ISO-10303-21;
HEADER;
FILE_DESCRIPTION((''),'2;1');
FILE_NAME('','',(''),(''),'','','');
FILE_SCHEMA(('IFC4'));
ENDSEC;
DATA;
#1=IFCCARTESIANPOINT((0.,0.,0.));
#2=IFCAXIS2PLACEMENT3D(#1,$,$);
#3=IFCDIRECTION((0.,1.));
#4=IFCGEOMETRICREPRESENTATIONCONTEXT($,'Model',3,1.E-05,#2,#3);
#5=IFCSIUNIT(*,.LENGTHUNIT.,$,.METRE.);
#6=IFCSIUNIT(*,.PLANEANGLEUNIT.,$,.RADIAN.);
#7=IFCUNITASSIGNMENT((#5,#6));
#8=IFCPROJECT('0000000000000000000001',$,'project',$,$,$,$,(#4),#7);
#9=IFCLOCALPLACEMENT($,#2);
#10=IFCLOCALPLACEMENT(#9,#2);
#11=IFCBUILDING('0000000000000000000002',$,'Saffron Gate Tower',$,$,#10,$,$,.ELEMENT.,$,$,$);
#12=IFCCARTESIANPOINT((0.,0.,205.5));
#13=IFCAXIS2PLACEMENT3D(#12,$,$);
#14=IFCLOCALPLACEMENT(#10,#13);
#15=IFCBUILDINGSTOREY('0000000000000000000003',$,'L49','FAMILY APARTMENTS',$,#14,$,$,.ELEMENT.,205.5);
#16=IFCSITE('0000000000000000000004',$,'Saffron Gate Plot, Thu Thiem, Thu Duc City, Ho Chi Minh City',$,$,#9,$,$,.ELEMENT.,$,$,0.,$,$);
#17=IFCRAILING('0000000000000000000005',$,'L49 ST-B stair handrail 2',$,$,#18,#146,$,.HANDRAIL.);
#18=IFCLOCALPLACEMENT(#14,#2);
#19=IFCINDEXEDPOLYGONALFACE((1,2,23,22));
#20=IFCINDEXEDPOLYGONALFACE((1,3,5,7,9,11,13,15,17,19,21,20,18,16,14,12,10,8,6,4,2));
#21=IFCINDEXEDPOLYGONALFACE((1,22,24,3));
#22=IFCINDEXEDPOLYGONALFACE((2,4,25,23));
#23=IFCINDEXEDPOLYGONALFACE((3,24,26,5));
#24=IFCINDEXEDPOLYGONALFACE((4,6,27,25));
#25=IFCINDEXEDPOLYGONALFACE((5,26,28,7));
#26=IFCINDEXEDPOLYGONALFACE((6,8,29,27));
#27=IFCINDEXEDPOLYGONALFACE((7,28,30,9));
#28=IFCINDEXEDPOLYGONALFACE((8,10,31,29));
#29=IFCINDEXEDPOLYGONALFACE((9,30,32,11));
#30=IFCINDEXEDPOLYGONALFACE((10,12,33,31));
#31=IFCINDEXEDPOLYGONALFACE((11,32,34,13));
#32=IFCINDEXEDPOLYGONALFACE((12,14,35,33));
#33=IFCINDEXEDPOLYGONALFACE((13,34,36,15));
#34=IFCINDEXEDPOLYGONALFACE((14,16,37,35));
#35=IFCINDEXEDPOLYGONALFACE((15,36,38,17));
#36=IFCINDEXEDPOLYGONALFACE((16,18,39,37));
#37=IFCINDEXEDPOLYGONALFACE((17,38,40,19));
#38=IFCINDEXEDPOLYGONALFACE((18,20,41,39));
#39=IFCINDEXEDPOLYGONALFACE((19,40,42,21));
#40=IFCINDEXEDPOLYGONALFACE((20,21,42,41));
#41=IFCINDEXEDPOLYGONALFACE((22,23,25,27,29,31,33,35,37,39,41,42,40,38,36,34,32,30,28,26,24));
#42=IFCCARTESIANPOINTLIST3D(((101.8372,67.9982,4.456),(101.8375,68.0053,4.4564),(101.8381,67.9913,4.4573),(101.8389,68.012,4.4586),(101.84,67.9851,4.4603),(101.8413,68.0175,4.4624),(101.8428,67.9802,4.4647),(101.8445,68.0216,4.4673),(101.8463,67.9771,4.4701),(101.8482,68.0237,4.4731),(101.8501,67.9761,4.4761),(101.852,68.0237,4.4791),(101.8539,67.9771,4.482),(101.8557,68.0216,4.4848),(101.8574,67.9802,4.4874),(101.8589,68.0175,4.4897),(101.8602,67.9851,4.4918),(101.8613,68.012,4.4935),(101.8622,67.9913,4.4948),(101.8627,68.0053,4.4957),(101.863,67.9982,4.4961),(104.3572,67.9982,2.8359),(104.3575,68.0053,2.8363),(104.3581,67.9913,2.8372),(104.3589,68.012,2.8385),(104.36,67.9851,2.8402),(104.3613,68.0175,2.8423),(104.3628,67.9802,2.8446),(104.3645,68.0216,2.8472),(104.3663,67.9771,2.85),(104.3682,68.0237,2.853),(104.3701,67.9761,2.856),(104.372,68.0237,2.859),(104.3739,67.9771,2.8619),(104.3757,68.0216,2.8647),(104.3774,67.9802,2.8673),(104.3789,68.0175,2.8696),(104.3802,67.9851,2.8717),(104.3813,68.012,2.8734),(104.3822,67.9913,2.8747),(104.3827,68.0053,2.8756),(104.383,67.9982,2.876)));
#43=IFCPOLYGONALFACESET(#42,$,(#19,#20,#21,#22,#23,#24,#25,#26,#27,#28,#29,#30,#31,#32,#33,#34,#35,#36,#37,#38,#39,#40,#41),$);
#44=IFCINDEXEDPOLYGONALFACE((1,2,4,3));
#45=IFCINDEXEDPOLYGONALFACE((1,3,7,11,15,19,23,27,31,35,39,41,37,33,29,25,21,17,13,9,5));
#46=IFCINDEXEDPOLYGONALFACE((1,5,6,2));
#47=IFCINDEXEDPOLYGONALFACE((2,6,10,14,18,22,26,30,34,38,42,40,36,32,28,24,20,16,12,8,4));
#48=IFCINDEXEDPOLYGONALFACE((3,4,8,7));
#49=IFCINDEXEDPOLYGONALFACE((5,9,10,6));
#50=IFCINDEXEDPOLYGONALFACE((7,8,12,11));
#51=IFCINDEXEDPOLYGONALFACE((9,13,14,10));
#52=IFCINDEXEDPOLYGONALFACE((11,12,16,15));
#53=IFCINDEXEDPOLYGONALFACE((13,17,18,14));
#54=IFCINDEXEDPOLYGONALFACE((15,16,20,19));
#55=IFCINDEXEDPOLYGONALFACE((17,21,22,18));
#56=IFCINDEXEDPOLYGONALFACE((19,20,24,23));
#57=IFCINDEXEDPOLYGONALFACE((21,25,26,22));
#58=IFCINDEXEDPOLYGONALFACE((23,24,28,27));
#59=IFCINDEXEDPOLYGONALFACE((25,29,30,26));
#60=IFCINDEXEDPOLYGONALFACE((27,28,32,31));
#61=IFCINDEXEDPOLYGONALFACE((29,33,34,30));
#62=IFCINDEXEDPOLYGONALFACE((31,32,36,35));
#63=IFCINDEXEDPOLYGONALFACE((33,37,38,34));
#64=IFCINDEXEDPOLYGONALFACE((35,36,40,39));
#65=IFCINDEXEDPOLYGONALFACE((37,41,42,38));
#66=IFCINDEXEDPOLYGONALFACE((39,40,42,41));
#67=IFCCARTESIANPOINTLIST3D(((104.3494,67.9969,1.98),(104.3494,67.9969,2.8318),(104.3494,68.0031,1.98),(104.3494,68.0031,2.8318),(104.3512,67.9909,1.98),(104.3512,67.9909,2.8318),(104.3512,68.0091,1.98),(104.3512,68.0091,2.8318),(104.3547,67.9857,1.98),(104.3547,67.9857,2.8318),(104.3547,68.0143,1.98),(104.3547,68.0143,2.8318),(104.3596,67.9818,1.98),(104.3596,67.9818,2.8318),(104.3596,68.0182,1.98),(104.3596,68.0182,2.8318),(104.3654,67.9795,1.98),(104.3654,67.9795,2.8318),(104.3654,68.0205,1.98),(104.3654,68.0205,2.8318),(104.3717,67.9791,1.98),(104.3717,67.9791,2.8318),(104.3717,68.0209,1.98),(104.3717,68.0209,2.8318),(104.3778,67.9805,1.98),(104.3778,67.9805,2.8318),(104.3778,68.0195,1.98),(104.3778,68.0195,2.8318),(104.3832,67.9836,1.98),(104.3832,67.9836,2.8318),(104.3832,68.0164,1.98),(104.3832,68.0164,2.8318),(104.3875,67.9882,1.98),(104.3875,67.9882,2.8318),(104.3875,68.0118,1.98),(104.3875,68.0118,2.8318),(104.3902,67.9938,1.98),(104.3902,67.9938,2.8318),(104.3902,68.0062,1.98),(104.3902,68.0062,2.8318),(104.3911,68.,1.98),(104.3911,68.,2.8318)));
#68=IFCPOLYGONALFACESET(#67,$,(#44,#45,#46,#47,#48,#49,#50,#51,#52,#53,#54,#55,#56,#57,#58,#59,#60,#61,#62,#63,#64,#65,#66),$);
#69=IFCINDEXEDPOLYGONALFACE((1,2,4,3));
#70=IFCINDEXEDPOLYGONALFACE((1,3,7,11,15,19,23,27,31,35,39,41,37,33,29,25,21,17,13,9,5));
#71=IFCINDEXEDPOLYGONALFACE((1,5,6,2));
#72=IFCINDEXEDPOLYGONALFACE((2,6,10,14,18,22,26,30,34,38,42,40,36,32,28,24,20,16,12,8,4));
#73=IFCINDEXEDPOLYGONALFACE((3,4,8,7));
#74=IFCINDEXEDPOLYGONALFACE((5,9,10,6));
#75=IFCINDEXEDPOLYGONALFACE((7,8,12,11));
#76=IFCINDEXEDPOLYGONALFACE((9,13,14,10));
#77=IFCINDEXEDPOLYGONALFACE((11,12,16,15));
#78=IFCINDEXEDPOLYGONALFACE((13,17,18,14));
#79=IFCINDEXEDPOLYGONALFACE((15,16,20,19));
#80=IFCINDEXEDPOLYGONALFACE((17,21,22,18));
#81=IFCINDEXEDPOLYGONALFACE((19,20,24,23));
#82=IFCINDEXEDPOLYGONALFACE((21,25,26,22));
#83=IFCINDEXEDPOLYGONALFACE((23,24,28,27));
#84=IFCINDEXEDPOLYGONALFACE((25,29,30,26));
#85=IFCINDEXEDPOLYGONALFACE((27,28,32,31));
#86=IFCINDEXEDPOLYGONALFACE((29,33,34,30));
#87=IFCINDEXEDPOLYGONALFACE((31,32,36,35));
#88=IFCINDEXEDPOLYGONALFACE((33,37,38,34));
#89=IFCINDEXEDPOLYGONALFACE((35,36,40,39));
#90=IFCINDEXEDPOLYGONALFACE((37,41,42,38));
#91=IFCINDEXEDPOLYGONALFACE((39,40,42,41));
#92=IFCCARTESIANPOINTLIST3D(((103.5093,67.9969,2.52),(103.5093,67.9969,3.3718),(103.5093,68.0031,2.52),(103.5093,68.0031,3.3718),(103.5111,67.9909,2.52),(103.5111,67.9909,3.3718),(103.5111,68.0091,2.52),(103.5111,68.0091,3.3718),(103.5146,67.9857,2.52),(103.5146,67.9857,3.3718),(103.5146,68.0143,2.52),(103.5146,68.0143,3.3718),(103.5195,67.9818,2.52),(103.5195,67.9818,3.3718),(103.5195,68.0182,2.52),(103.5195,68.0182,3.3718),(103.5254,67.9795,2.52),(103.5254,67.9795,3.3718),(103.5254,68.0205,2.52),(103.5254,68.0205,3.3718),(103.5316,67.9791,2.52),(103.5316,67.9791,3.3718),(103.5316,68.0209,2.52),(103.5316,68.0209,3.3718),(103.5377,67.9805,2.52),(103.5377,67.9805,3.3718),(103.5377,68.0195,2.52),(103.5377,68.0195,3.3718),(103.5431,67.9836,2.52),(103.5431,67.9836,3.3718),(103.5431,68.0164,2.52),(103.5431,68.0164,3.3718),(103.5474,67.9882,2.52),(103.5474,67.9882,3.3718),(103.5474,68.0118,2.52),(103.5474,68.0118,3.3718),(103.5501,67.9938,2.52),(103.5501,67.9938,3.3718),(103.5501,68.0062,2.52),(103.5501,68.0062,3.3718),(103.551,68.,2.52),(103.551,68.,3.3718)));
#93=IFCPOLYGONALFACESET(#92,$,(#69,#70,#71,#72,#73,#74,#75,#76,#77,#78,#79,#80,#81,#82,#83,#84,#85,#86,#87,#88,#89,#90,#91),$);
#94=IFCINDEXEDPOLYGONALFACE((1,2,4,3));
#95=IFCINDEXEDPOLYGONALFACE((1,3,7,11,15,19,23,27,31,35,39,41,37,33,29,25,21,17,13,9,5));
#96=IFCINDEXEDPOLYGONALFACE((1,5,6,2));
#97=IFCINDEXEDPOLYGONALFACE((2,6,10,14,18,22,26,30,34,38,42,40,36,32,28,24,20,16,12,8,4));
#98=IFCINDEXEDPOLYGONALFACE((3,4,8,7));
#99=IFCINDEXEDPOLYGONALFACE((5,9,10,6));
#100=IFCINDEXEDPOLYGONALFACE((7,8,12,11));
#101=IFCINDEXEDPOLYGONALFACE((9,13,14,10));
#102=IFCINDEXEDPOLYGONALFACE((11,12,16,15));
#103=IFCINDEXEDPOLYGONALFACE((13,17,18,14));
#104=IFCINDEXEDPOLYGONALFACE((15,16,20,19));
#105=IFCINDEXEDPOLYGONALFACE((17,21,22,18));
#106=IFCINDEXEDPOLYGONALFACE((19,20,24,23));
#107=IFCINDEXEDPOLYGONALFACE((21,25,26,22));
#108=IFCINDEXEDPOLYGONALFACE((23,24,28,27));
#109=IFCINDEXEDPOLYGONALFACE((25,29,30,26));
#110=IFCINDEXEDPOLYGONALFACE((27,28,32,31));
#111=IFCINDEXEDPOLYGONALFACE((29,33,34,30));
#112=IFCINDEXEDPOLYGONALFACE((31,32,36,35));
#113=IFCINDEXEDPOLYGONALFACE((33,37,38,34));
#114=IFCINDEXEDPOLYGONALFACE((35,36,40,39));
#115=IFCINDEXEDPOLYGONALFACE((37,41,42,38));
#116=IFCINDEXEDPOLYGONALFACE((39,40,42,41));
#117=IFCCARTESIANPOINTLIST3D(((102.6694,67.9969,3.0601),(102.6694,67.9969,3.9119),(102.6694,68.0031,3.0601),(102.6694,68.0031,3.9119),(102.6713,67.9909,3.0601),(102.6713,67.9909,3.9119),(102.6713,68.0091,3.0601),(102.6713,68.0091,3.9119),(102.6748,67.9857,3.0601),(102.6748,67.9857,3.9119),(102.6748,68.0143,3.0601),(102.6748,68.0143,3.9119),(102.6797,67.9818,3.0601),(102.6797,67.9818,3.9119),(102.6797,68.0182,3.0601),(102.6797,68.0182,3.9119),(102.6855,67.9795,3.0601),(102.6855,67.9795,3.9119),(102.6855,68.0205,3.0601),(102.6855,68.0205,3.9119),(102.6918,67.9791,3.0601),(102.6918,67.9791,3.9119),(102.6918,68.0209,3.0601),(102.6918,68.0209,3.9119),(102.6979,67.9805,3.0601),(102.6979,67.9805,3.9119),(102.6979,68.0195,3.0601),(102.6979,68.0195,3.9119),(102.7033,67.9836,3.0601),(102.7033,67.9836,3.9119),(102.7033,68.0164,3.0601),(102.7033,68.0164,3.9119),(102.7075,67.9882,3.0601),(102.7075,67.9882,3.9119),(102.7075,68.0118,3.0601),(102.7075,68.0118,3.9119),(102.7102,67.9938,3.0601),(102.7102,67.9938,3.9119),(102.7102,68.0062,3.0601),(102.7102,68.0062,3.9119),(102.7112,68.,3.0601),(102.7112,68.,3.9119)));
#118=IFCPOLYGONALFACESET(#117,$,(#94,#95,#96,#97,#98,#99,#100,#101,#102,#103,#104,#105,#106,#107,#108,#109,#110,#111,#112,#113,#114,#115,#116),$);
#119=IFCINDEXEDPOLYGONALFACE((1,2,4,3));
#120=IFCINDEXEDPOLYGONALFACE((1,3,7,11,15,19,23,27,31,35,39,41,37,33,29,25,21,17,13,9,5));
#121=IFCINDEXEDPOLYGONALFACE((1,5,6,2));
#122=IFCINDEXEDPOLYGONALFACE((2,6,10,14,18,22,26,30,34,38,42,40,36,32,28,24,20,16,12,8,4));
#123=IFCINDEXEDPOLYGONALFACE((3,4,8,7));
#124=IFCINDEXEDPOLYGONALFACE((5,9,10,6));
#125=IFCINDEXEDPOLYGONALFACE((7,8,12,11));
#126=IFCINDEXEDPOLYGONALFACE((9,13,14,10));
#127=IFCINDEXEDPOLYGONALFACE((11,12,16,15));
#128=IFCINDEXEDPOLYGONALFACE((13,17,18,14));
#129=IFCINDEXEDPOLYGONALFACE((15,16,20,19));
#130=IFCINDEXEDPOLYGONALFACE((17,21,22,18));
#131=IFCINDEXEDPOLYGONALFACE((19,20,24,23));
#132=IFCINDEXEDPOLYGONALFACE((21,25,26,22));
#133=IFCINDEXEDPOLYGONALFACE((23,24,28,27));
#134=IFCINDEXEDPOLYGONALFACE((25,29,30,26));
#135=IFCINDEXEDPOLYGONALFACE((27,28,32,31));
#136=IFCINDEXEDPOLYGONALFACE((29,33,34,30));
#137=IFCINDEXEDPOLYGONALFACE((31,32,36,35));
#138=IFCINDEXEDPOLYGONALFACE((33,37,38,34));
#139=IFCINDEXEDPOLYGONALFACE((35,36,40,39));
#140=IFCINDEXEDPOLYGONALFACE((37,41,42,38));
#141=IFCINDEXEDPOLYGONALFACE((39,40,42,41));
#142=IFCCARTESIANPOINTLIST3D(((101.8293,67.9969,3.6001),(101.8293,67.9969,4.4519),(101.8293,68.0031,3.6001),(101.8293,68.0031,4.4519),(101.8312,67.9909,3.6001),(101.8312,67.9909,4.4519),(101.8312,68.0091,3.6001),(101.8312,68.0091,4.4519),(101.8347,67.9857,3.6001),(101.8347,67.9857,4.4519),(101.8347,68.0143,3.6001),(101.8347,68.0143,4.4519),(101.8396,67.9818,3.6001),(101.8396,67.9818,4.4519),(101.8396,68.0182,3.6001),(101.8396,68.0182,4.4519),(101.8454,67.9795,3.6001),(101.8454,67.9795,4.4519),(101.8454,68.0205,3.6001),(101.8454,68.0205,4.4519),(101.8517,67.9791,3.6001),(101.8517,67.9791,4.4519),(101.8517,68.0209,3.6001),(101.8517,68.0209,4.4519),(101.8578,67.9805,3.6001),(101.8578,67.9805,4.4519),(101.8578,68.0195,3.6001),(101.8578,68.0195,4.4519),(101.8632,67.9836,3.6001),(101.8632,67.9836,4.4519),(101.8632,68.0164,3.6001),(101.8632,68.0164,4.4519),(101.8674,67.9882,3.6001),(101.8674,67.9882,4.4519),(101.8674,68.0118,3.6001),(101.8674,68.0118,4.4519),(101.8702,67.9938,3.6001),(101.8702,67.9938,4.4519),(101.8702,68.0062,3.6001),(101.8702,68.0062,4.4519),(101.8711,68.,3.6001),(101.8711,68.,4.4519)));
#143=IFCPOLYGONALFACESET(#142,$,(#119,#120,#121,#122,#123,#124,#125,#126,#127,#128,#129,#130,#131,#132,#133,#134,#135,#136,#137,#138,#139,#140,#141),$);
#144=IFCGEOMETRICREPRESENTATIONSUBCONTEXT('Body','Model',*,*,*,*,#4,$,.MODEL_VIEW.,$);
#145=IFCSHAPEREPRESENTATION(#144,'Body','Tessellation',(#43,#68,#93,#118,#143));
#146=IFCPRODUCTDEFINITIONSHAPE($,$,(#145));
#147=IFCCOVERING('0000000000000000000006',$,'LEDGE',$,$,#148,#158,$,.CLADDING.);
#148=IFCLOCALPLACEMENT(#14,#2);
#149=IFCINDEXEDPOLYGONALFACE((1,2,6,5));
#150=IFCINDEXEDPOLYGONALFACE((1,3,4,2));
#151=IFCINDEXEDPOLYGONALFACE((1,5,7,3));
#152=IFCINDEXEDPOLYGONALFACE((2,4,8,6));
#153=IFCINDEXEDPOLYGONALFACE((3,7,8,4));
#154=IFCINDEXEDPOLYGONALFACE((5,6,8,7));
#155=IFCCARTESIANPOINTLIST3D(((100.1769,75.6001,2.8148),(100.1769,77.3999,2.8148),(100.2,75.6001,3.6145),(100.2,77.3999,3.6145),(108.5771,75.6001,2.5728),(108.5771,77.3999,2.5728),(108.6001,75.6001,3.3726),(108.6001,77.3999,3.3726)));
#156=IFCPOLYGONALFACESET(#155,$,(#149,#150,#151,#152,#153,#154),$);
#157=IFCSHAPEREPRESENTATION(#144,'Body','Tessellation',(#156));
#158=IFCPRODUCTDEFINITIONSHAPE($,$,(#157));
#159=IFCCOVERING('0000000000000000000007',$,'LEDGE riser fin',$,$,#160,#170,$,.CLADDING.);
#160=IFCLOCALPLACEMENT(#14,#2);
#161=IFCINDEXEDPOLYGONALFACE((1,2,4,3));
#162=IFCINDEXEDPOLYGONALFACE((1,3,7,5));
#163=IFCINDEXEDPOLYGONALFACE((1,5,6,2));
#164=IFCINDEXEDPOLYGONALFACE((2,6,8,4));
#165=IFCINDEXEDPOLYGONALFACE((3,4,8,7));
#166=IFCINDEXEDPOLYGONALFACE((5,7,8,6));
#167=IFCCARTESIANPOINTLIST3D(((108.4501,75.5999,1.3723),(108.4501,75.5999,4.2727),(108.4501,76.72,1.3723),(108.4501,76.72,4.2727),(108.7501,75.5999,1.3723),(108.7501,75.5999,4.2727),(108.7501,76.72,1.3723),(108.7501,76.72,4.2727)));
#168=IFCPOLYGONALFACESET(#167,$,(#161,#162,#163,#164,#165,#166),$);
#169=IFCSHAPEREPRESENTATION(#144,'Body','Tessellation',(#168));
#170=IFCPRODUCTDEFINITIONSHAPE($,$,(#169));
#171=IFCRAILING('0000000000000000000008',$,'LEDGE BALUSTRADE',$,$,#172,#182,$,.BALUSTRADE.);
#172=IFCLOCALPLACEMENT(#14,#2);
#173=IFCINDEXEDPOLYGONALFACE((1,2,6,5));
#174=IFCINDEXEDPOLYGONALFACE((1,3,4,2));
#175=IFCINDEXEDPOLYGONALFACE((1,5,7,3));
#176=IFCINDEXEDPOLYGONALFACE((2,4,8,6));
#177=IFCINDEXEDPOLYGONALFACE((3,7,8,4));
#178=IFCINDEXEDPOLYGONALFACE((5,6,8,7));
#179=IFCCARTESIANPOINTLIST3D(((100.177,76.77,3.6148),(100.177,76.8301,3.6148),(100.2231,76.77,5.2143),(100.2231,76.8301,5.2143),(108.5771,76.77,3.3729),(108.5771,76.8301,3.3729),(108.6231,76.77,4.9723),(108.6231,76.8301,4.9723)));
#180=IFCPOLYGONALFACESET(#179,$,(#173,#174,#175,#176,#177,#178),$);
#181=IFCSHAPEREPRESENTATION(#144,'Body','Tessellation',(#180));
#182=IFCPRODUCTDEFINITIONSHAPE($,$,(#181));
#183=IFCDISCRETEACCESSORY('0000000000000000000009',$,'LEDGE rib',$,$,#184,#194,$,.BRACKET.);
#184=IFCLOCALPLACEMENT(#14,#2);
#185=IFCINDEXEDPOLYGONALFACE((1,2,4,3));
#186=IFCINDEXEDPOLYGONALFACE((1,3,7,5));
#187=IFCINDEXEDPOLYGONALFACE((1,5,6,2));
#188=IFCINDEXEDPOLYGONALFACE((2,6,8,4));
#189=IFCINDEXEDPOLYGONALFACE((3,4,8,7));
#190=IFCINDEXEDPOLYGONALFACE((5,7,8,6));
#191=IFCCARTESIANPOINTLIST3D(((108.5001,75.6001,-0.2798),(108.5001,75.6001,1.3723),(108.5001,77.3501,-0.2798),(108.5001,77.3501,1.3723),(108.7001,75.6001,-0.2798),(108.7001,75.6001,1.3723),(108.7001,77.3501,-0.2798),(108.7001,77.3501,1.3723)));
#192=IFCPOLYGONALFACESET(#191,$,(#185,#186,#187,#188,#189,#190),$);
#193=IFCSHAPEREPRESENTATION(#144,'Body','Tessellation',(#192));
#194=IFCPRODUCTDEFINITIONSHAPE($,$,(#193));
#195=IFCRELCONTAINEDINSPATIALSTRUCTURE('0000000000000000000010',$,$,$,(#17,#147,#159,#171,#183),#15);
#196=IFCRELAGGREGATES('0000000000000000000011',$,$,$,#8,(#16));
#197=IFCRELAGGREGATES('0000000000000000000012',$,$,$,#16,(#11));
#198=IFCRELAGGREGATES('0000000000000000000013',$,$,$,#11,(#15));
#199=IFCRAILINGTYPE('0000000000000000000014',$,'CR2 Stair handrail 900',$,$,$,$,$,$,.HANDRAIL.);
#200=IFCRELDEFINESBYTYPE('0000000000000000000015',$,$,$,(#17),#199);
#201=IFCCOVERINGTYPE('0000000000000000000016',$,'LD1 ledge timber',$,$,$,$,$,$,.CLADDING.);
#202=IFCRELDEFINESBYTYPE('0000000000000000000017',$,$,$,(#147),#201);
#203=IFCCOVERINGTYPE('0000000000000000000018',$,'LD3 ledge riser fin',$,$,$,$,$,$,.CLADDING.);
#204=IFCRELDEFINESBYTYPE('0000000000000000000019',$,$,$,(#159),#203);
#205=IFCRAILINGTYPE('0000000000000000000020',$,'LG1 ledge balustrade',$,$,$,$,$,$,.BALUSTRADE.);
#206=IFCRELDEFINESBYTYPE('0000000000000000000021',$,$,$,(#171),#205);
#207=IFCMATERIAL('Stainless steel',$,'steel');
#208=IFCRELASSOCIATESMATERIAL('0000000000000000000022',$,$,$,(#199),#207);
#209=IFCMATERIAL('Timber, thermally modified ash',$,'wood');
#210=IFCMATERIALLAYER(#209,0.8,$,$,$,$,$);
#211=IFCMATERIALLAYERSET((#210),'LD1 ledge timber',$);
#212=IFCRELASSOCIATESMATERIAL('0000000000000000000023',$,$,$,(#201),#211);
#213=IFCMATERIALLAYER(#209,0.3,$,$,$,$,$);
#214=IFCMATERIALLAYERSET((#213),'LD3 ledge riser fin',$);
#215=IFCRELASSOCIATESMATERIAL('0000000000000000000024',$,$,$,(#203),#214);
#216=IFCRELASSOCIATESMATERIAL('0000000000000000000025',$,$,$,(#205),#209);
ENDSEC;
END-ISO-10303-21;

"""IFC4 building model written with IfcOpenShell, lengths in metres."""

from ifc_helpers import new_model, si_unit, direction, frame, origin, origin_2d, place, context, subcontext, project, spatial, polyline, rectangle, circle, outline, extrude, material, layer, layer_set, type_object, element, save


model = new_model("IFC4")

# Units and contexts
model_context = context("Model", 3, precision=1e-05, world=origin(), true_north=direction((0.0, 1.0)))
body_context = subcontext(model_context, "Body", "Model", "MODEL_VIEW")
ifc_project = project(units=[si_unit("LENGTHUNIT", "METRE"), si_unit("PLANEANGLEUNIT", "RADIAN")], contexts=[model_context])

# Site, building, storey
site_placement = place(None, origin())
site = spatial("IfcSite", under=ifc_project, at=site_placement, Name="Saffron Gate Plot, Thu Thiem, Thu Duc City, Ho Chi Minh City", CompositionType="ELEMENT", RefElevation=0.0)
building_placement = place(site_placement, origin())
building = spatial("IfcBuilding", under=site, at=building_placement, Name="Saffron Gate Tower", CompositionType="ELEMENT")
storey_placement = place(building_placement, frame((0.0, 0.0, 205.5)))
storey = spatial("IfcBuildingStorey", under=building, at=storey_placement, Name="L49", Description="FAMILY APARTMENTS", CompositionType="ELEMENT", Elevation=205.5)

# Railing
ifc_material_1 = material(Name="Stainless steel", Category="steel")
railing_type_1 = type_object("IfcRailingType", Name="CR2 Stair handrail 900", PredefinedType="HANDRAIL", material=ifc_material_1)
railing_1_placement = place(storey_placement, frame((104.3701, 68.0, 1.98)))
element("IfcRailing", 1, at=railing_1_placement, inside=storey, type_object=railing_type_1, Name="L49 ST-B stair handrail 2", PredefinedType="HANDRAIL", context=body_context, shape_type="SweptSolid", body=[
    extrude(circle(Radius=0.0239, at=origin_2d()), frame((0.0, 0.0, 0.876), z_axis=(-0.841163, 0.0, 0.540782), x_axis=(0.0, -1.0, 0.0)), (0.0, 0.0, 1.0), 2.9958),
    extrude(circle(Radius=0.021, at=origin_2d()), origin(), (0.0, 0.0, 1.0), 0.8518),
    extrude(circle(Radius=0.021, at=origin_2d()), frame((-0.8401, 0.0, 0.54)), (0.0, 0.0, 1.0), 0.8518),
    extrude(circle(Radius=0.021, at=origin_2d()), frame((-1.6799, 0.0, 1.0801)), (0.0, 0.0, 1.0), 0.8518),
    extrude(circle(Radius=0.021, at=origin_2d()), frame((-2.52, 0.0, 1.6201)), (0.0, 0.0, 1.0), 0.8518),
])

# Coverings
ifc_material_2 = material(Name="Timber, thermally modified ash", Category="wood")
ifc_layer_1 = layer(ifc_material_2, 0.8)
ifc_layer_set_1 = layer_set([ifc_layer_1], Name="LD1 ledge timber")
covering_type_1 = type_object("IfcCoveringType", Name="LD1 ledge timber", PredefinedType="CLADDING", material=ifc_layer_set_1)
covering_1_placement = place(storey_placement, frame((108.6001, 75.6001, 3.3726), z_axis=(0.02879, 0.0, 0.999585), x_axis=(-0.999585, 0.0, 0.02879)))
element("IfcCovering", 2, at=covering_1_placement, inside=storey, type_object=covering_type_1, Name="LEDGE", PredefinedType="CLADDING", context=body_context, shape_type="SweptSolid", body=[
    extrude(outline(polyline([(0.0, 0.0), (8.4036, 0.0), (8.4036, -1.7998), (0.0, -1.7998), (0.0, 0.0)])), origin(), (0.0, 0.0, -1.0), 0.8),
])
ifc_layer_2 = layer(ifc_material_2, 0.3)
ifc_layer_set_2 = layer_set([ifc_layer_2], Name="LD3 ledge riser fin")
covering_type_2 = type_object("IfcCoveringType", Name="LD3 ledge riser fin", PredefinedType="CLADDING", material=ifc_layer_set_2)
covering_2_placement = place(storey_placement, frame((108.6001, 76.1599, 1.3723), z_axis=(0.0, 0.0, 1.0), x_axis=(-1.0, 0.0, 0.0)))
element("IfcCovering", 3, at=covering_2_placement, inside=storey, type_object=covering_type_2, Name="LEDGE riser fin", PredefinedType="CLADDING", context=body_context, shape_type="SweptSolid", body=[
    extrude(rectangle(XDim=0.3, YDim=1.1201, at=origin_2d()), origin(), (0.0, 0.0, 1.0), 2.9004),
])

# Railing
railing_type_2 = type_object("IfcRailingType", Name="LG1 ledge balustrade", PredefinedType="BALUSTRADE", material=ifc_material_2)
railing_2_placement = place(storey_placement, frame((108.6001, 76.8, 3.3726)))
element("IfcRailing", 4, at=railing_2_placement, inside=storey, type_object=railing_type_2, Name="LEDGE BALUSTRADE", PredefinedType="BALUSTRADE", context=body_context, shape_type="SweptSolid", body=[
    extrude(rectangle(XDim=0.0601, YDim=1.6001, at=origin_2d()), frame((0.0, 0.0, 0.8), z_axis=(-0.999585, 0.0, 0.02879), x_axis=(0.0, -1.0, 0.0)), (0.0, 0.0, 1.0), 8.4036),
])

# Discrete accessory
discrete_accessory_placement = place(storey_placement, frame((108.6001, 76.4751, -0.2798), z_axis=(0.0, 0.0, 1.0), x_axis=(-1.0, 0.0, 0.0)))
element("IfcDiscreteAccessory", 5, at=discrete_accessory_placement, inside=storey, Name="LEDGE rib", PredefinedType="BRACKET", context=body_context, shape_type="SweptSolid", body=[
    extrude(rectangle(XDim=0.2, YDim=1.75, at=origin_2d()), origin(), (0.0, 0.0, 1.0), 1.6521),
])

save(model, "model.ifc")
